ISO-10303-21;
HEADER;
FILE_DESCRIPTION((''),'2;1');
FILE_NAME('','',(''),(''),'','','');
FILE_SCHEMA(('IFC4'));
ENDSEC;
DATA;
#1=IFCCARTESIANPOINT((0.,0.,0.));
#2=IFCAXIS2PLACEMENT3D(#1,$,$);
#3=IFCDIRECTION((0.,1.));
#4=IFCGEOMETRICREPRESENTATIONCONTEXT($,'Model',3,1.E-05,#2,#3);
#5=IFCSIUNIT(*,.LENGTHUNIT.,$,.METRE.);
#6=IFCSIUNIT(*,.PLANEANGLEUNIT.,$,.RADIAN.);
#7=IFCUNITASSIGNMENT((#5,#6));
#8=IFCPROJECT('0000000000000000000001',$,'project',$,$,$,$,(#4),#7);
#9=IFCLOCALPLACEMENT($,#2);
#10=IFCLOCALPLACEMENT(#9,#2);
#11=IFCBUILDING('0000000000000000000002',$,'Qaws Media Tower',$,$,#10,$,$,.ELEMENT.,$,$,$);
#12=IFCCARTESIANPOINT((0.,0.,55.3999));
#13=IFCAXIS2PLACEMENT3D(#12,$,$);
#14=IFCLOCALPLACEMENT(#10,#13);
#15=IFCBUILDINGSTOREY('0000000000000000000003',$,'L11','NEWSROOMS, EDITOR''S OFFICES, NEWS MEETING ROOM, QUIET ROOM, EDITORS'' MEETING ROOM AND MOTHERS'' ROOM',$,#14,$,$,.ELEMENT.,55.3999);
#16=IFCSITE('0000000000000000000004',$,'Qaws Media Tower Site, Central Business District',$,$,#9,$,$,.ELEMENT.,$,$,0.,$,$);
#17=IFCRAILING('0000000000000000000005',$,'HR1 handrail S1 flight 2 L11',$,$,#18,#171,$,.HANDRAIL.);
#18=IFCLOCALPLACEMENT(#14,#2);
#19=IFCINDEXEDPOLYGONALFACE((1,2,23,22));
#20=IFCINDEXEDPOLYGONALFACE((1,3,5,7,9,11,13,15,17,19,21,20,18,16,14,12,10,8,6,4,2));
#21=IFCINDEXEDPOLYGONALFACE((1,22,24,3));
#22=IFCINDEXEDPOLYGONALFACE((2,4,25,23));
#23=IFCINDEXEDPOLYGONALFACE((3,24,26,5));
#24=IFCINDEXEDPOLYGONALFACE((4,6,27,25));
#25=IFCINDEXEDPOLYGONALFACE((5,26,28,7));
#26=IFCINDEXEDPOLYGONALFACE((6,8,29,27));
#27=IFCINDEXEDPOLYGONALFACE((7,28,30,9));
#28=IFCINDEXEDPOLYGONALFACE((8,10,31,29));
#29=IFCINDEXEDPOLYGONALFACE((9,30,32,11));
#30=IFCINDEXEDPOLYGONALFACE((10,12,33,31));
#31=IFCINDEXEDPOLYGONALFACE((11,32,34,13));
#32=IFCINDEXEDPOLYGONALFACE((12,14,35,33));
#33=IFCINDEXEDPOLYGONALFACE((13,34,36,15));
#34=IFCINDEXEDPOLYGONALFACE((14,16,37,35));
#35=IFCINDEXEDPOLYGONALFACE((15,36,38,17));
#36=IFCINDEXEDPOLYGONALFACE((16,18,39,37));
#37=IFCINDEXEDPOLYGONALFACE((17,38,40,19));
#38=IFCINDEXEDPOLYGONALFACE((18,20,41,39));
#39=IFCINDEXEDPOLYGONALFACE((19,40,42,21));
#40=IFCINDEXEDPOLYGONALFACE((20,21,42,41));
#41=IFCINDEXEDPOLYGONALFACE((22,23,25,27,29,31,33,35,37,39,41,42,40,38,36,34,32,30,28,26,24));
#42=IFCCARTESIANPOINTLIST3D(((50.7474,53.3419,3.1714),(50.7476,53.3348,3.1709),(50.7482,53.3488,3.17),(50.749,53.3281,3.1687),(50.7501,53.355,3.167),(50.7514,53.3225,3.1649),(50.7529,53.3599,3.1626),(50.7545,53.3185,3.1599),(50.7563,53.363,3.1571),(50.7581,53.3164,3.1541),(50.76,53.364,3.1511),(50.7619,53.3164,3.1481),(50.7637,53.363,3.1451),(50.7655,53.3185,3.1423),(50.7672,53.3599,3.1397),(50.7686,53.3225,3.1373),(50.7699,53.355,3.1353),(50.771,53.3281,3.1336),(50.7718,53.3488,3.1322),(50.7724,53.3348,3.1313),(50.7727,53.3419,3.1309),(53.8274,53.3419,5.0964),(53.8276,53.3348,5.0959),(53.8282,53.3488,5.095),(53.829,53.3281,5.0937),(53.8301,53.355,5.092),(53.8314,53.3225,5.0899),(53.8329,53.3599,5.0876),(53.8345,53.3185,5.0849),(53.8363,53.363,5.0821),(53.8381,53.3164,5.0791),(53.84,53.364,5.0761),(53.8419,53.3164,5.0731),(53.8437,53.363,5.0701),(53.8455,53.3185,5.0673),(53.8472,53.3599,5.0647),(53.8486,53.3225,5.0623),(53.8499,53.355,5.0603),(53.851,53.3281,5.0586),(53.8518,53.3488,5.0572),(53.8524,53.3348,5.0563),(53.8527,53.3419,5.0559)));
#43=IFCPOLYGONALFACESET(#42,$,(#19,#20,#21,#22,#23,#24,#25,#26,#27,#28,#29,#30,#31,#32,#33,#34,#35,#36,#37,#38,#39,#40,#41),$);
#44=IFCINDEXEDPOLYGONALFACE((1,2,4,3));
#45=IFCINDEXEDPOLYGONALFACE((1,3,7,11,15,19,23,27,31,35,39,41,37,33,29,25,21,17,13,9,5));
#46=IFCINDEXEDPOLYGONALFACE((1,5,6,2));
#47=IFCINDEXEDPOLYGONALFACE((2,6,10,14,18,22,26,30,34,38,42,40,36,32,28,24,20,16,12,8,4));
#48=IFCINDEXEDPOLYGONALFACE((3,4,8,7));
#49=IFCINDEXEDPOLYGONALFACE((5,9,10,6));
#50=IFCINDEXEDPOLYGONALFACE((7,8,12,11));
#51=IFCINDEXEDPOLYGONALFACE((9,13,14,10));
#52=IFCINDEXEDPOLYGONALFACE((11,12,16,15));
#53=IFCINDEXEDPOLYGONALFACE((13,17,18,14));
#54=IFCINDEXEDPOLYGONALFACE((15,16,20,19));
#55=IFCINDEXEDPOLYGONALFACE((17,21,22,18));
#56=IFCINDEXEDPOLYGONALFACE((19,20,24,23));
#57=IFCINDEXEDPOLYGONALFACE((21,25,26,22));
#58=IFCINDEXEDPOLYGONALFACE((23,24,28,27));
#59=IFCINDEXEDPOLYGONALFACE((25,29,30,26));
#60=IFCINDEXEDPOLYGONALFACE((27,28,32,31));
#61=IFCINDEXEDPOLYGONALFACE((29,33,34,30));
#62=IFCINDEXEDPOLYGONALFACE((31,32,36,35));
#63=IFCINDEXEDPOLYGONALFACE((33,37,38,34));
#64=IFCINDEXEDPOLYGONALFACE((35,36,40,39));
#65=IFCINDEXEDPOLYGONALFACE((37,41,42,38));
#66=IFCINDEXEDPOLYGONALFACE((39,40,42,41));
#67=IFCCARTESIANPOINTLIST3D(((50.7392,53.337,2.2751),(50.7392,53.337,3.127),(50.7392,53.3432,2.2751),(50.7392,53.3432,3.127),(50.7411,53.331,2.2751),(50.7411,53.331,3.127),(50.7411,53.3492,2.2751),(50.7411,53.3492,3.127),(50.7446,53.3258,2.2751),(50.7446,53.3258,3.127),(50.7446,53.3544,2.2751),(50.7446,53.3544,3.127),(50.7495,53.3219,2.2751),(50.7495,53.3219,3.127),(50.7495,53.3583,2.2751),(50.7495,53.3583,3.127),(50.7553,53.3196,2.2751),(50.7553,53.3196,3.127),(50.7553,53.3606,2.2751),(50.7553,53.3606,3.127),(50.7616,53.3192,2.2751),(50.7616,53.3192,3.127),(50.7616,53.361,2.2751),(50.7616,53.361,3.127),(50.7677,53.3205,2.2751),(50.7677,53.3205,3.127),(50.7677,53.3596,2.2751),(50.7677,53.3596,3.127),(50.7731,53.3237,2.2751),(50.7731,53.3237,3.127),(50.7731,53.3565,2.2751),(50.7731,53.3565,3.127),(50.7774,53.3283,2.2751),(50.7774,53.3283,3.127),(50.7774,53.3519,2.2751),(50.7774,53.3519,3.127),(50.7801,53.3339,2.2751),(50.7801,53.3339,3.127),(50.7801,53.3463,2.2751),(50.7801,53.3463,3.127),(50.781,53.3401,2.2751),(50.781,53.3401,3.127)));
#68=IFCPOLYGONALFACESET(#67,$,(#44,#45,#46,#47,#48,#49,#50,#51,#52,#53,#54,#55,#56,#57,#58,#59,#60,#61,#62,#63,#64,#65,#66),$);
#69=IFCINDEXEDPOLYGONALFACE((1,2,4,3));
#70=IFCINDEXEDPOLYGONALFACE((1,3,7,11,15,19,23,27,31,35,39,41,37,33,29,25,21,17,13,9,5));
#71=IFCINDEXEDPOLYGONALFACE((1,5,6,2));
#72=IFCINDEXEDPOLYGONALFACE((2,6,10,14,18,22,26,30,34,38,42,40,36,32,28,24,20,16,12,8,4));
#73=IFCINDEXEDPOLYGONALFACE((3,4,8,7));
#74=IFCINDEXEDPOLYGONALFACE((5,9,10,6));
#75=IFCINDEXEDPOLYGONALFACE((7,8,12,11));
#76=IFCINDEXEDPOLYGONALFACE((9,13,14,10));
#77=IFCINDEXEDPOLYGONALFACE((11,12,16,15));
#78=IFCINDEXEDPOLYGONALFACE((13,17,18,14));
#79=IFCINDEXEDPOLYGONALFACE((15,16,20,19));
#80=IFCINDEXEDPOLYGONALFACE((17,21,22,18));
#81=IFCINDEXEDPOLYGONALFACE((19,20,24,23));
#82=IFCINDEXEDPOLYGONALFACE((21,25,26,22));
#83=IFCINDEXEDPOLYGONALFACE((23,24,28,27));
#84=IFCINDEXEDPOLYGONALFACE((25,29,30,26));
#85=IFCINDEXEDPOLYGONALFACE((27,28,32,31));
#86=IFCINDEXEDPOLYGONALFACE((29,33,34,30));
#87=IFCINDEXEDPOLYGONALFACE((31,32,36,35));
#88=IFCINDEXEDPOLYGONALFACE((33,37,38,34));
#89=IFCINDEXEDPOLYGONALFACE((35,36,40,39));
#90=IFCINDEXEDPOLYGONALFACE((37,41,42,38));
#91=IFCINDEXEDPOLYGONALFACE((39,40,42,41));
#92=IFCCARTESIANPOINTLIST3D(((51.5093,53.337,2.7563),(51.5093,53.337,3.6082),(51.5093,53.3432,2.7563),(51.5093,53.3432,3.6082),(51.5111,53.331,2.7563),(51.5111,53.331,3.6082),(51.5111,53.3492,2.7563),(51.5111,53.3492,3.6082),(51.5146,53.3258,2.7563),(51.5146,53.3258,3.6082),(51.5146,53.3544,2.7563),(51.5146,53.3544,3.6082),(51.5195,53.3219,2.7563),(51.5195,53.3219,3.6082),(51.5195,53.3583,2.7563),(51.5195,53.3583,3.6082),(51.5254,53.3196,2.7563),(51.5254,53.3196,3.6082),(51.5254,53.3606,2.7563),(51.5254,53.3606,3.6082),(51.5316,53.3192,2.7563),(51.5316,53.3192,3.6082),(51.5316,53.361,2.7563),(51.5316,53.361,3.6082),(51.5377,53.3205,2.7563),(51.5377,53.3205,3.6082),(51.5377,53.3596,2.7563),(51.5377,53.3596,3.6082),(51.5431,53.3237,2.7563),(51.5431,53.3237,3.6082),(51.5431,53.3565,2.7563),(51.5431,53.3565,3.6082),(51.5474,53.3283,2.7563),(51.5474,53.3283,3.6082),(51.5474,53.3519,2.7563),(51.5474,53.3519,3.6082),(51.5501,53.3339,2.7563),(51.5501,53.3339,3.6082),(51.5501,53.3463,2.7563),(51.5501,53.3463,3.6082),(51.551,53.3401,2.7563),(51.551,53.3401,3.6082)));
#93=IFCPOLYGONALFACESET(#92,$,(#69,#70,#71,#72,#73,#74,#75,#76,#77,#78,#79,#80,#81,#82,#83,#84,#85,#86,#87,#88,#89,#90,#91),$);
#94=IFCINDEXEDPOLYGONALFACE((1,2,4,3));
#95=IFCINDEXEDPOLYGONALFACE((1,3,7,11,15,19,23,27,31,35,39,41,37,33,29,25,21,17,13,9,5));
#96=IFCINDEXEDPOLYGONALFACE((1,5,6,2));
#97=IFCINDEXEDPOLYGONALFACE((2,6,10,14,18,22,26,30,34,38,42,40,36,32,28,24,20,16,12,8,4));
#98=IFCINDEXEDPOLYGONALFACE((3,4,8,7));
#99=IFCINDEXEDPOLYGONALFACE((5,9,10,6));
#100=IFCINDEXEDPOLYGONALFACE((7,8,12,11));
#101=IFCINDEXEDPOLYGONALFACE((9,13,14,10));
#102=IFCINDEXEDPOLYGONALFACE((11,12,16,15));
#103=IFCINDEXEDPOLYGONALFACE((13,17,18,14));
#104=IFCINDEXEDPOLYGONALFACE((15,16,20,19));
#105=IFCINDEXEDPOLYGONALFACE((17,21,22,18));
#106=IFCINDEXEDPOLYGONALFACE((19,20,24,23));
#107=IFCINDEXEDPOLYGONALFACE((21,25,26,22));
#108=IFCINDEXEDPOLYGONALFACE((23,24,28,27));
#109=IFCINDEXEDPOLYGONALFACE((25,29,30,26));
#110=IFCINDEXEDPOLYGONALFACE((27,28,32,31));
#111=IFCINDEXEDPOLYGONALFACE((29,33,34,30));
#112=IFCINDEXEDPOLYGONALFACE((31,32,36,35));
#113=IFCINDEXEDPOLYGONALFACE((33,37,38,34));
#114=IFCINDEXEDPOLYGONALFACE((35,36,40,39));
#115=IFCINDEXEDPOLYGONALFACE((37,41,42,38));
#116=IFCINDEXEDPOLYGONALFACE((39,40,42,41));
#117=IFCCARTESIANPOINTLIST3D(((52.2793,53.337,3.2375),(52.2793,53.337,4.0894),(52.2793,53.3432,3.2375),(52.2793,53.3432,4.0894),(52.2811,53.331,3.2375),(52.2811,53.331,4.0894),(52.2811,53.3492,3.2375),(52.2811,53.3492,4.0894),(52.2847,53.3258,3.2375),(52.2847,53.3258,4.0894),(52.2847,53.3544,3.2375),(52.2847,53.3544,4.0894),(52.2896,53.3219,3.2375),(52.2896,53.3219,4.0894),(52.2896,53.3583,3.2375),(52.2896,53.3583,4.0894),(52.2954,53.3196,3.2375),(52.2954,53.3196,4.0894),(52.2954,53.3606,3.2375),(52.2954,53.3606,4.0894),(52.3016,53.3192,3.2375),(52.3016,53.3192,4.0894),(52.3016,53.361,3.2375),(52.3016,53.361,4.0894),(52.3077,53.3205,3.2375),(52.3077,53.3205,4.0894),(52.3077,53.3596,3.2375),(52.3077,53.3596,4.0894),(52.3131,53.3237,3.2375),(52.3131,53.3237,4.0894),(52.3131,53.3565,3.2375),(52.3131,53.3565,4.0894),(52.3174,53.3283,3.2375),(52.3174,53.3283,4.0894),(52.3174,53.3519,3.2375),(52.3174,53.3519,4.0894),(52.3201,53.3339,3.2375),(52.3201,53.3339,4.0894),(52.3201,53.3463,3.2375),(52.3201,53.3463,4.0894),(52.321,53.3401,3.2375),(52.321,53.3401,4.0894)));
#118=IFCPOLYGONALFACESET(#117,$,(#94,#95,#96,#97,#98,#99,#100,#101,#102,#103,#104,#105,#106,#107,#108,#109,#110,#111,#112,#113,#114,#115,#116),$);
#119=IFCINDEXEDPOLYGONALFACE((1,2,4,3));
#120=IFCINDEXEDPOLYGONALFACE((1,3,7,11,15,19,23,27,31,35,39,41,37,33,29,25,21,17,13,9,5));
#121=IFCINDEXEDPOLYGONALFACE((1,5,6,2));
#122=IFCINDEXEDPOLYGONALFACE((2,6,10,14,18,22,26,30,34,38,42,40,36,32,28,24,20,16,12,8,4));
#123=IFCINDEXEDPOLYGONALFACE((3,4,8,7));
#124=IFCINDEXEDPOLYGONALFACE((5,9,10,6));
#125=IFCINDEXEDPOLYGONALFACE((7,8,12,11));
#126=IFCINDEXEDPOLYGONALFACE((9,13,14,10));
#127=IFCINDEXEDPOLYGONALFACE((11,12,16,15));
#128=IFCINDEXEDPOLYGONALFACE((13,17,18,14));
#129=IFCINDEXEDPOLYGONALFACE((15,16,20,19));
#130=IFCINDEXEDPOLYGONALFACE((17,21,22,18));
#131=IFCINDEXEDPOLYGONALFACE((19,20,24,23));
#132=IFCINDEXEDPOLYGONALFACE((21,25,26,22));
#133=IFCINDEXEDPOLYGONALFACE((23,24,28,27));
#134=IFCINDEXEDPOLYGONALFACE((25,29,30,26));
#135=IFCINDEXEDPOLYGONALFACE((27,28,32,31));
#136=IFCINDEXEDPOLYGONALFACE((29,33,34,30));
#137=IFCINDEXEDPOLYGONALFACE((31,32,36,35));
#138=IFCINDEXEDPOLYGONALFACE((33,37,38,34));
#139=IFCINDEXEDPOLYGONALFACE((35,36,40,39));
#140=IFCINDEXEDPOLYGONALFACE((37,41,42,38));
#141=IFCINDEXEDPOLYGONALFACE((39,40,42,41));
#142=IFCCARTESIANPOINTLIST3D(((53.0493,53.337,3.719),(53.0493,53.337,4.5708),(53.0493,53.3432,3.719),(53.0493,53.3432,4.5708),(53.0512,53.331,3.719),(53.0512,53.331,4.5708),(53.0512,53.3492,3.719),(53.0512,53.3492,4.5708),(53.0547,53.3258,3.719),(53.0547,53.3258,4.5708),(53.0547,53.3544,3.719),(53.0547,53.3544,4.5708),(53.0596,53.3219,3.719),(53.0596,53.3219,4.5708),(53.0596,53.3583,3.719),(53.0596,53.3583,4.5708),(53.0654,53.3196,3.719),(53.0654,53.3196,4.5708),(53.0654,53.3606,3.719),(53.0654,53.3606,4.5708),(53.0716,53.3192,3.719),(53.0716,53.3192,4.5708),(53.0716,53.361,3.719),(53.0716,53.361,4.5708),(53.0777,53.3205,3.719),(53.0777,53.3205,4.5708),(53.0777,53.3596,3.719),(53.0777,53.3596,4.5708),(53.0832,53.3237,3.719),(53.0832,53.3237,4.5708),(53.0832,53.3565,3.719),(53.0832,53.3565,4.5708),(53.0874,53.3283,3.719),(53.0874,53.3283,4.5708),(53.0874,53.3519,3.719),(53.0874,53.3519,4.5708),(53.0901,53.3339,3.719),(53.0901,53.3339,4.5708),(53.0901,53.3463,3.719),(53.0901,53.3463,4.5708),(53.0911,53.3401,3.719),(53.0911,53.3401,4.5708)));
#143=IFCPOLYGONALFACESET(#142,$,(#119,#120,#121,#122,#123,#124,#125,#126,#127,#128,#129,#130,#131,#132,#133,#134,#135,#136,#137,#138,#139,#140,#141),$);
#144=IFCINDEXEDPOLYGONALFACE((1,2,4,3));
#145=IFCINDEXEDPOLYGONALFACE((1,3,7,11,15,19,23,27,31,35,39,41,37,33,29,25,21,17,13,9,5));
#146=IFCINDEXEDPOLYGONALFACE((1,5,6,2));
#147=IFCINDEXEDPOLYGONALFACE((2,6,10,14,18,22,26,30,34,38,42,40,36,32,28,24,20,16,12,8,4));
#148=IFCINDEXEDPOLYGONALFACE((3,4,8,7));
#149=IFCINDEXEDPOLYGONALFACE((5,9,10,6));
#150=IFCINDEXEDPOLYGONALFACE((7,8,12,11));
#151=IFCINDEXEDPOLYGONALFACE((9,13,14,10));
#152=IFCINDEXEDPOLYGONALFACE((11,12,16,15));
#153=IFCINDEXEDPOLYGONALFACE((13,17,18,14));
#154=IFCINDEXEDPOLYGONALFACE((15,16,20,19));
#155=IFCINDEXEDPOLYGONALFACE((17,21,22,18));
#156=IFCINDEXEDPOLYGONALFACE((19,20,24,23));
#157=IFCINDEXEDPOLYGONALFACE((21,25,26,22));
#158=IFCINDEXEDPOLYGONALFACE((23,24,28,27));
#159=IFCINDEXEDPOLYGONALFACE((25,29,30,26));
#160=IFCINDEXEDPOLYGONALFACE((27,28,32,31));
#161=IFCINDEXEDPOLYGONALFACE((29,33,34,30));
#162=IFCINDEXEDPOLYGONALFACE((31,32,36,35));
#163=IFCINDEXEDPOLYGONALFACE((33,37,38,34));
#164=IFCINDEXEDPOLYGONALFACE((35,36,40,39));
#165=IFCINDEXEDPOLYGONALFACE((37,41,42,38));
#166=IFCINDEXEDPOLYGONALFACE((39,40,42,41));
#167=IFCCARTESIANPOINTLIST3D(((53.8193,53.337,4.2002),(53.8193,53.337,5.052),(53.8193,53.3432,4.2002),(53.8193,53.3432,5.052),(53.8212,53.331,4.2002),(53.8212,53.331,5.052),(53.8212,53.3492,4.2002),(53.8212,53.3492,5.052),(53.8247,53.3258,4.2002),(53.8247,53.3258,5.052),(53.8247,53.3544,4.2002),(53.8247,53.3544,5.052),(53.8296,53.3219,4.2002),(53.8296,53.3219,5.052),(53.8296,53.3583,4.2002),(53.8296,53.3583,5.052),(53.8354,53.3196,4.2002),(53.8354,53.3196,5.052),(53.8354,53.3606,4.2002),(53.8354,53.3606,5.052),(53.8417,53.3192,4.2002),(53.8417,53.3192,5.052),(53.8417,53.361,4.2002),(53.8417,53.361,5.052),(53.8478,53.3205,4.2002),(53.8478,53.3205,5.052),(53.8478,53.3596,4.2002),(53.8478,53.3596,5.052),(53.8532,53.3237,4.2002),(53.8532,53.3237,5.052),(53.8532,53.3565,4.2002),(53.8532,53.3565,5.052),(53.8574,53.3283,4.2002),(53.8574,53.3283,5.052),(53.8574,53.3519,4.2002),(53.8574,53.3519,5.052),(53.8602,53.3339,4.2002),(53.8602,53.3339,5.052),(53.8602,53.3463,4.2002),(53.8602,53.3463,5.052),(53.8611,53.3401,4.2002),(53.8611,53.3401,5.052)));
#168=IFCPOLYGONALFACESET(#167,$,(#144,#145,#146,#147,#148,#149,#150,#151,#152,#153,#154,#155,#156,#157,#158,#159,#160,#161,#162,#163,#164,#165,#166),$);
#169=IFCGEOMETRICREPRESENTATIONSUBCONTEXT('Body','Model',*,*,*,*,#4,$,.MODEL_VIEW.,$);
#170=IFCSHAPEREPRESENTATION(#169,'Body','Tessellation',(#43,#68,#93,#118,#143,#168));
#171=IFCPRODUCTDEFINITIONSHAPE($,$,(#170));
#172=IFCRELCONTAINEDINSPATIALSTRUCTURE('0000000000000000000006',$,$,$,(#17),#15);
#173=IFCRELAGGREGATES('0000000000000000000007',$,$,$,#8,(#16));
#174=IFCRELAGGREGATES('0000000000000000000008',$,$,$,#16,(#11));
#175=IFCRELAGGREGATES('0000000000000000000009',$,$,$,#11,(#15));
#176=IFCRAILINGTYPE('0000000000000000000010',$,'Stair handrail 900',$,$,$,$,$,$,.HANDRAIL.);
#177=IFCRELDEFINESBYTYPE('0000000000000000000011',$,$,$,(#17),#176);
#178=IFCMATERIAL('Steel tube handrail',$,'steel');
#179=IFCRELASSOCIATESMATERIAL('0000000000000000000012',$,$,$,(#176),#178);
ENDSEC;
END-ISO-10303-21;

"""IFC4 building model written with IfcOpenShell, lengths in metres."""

from ifc_helpers import new_model, si_unit, direction, frame, origin, origin_2d, place, context, subcontext, project, spatial, circle, extrude, material, type_object, element, save


model = new_model("IFC4")

# Units and contexts
model_context = context("Model", 3, precision=1e-05, world=origin(), true_north=direction((0.0, 1.0)))
body_context = subcontext(model_context, "Body", "Model", "MODEL_VIEW")
ifc_project = project(units=[si_unit("LENGTHUNIT", "METRE"), si_unit("PLANEANGLEUNIT", "RADIAN")], contexts=[model_context])

# Site, building, storey
site_placement = place(None, origin())
site = spatial("IfcSite", under=ifc_project, at=site_placement, Name="Qaws Media Tower Site, Central Business District", CompositionType="ELEMENT", RefElevation=0.0)
building_placement = place(site_placement, origin())
building = spatial("IfcBuilding", under=site, at=building_placement, Name="Qaws Media Tower", CompositionType="ELEMENT")
storey_placement = place(building_placement, frame((0.0, 0.0, 55.3999)))
storey = spatial("IfcBuildingStorey", under=building, at=storey_placement, Name="L11", Description="NEWSROOMS, EDITOR'S OFFICES, NEWS MEETING ROOM, QUIET ROOM, EDITORS' MEETING ROOM AND MOTHERS' ROOM", CompositionType="ELEMENT", Elevation=55.3999)

# Railing
ifc_material_1 = material(Name="Steel tube handrail", Category="steel")
railing_type = type_object("IfcRailingType", Name="Stair handrail 900", PredefinedType="HANDRAIL", material=ifc_material_1)
for number, where, name in (
    (1, (50.76, 53.3401, 2.2751), "HR1 handrail S1 flight 2 L11"),
):
    element("IfcRailing", number, at=place(storey_placement, frame(where)), inside=storey, type_object=railing_type, Name=name, PredefinedType="HANDRAIL", context=body_context, shape_type="SweptSolid", body=[
        extrude(circle(Radius=0.0239, at=origin_2d()), frame((0.0, 0.0, 0.876), z_axis=(0.847998, 0.0, 0.529999), x_axis=(0.0, 1.0, 0.0)), (0.0, 0.0, 1.0), 3.6321),
        extrude(circle(Radius=0.021, at=origin_2d()), origin(), (0.0, 0.0, 1.0), 0.8518),
        extrude(circle(Radius=0.021, at=origin_2d()), frame((0.77, 0.0, 0.4812)), (0.0, 0.0, 1.0), 0.8518),
        extrude(circle(Radius=0.021, at=origin_2d()), frame((1.54, 0.0, 0.9624)), (0.0, 0.0, 1.0), 0.8518),
        extrude(circle(Radius=0.021, at=origin_2d()), frame((2.3101, 0.0, 1.4438)), (0.0, 0.0, 1.0), 0.8518),
        extrude(circle(Radius=0.021, at=origin_2d()), frame((3.0801, 0.0, 1.925)), (0.0, 0.0, 1.0), 0.8518),
    ])

save(model, "model.ifc")
